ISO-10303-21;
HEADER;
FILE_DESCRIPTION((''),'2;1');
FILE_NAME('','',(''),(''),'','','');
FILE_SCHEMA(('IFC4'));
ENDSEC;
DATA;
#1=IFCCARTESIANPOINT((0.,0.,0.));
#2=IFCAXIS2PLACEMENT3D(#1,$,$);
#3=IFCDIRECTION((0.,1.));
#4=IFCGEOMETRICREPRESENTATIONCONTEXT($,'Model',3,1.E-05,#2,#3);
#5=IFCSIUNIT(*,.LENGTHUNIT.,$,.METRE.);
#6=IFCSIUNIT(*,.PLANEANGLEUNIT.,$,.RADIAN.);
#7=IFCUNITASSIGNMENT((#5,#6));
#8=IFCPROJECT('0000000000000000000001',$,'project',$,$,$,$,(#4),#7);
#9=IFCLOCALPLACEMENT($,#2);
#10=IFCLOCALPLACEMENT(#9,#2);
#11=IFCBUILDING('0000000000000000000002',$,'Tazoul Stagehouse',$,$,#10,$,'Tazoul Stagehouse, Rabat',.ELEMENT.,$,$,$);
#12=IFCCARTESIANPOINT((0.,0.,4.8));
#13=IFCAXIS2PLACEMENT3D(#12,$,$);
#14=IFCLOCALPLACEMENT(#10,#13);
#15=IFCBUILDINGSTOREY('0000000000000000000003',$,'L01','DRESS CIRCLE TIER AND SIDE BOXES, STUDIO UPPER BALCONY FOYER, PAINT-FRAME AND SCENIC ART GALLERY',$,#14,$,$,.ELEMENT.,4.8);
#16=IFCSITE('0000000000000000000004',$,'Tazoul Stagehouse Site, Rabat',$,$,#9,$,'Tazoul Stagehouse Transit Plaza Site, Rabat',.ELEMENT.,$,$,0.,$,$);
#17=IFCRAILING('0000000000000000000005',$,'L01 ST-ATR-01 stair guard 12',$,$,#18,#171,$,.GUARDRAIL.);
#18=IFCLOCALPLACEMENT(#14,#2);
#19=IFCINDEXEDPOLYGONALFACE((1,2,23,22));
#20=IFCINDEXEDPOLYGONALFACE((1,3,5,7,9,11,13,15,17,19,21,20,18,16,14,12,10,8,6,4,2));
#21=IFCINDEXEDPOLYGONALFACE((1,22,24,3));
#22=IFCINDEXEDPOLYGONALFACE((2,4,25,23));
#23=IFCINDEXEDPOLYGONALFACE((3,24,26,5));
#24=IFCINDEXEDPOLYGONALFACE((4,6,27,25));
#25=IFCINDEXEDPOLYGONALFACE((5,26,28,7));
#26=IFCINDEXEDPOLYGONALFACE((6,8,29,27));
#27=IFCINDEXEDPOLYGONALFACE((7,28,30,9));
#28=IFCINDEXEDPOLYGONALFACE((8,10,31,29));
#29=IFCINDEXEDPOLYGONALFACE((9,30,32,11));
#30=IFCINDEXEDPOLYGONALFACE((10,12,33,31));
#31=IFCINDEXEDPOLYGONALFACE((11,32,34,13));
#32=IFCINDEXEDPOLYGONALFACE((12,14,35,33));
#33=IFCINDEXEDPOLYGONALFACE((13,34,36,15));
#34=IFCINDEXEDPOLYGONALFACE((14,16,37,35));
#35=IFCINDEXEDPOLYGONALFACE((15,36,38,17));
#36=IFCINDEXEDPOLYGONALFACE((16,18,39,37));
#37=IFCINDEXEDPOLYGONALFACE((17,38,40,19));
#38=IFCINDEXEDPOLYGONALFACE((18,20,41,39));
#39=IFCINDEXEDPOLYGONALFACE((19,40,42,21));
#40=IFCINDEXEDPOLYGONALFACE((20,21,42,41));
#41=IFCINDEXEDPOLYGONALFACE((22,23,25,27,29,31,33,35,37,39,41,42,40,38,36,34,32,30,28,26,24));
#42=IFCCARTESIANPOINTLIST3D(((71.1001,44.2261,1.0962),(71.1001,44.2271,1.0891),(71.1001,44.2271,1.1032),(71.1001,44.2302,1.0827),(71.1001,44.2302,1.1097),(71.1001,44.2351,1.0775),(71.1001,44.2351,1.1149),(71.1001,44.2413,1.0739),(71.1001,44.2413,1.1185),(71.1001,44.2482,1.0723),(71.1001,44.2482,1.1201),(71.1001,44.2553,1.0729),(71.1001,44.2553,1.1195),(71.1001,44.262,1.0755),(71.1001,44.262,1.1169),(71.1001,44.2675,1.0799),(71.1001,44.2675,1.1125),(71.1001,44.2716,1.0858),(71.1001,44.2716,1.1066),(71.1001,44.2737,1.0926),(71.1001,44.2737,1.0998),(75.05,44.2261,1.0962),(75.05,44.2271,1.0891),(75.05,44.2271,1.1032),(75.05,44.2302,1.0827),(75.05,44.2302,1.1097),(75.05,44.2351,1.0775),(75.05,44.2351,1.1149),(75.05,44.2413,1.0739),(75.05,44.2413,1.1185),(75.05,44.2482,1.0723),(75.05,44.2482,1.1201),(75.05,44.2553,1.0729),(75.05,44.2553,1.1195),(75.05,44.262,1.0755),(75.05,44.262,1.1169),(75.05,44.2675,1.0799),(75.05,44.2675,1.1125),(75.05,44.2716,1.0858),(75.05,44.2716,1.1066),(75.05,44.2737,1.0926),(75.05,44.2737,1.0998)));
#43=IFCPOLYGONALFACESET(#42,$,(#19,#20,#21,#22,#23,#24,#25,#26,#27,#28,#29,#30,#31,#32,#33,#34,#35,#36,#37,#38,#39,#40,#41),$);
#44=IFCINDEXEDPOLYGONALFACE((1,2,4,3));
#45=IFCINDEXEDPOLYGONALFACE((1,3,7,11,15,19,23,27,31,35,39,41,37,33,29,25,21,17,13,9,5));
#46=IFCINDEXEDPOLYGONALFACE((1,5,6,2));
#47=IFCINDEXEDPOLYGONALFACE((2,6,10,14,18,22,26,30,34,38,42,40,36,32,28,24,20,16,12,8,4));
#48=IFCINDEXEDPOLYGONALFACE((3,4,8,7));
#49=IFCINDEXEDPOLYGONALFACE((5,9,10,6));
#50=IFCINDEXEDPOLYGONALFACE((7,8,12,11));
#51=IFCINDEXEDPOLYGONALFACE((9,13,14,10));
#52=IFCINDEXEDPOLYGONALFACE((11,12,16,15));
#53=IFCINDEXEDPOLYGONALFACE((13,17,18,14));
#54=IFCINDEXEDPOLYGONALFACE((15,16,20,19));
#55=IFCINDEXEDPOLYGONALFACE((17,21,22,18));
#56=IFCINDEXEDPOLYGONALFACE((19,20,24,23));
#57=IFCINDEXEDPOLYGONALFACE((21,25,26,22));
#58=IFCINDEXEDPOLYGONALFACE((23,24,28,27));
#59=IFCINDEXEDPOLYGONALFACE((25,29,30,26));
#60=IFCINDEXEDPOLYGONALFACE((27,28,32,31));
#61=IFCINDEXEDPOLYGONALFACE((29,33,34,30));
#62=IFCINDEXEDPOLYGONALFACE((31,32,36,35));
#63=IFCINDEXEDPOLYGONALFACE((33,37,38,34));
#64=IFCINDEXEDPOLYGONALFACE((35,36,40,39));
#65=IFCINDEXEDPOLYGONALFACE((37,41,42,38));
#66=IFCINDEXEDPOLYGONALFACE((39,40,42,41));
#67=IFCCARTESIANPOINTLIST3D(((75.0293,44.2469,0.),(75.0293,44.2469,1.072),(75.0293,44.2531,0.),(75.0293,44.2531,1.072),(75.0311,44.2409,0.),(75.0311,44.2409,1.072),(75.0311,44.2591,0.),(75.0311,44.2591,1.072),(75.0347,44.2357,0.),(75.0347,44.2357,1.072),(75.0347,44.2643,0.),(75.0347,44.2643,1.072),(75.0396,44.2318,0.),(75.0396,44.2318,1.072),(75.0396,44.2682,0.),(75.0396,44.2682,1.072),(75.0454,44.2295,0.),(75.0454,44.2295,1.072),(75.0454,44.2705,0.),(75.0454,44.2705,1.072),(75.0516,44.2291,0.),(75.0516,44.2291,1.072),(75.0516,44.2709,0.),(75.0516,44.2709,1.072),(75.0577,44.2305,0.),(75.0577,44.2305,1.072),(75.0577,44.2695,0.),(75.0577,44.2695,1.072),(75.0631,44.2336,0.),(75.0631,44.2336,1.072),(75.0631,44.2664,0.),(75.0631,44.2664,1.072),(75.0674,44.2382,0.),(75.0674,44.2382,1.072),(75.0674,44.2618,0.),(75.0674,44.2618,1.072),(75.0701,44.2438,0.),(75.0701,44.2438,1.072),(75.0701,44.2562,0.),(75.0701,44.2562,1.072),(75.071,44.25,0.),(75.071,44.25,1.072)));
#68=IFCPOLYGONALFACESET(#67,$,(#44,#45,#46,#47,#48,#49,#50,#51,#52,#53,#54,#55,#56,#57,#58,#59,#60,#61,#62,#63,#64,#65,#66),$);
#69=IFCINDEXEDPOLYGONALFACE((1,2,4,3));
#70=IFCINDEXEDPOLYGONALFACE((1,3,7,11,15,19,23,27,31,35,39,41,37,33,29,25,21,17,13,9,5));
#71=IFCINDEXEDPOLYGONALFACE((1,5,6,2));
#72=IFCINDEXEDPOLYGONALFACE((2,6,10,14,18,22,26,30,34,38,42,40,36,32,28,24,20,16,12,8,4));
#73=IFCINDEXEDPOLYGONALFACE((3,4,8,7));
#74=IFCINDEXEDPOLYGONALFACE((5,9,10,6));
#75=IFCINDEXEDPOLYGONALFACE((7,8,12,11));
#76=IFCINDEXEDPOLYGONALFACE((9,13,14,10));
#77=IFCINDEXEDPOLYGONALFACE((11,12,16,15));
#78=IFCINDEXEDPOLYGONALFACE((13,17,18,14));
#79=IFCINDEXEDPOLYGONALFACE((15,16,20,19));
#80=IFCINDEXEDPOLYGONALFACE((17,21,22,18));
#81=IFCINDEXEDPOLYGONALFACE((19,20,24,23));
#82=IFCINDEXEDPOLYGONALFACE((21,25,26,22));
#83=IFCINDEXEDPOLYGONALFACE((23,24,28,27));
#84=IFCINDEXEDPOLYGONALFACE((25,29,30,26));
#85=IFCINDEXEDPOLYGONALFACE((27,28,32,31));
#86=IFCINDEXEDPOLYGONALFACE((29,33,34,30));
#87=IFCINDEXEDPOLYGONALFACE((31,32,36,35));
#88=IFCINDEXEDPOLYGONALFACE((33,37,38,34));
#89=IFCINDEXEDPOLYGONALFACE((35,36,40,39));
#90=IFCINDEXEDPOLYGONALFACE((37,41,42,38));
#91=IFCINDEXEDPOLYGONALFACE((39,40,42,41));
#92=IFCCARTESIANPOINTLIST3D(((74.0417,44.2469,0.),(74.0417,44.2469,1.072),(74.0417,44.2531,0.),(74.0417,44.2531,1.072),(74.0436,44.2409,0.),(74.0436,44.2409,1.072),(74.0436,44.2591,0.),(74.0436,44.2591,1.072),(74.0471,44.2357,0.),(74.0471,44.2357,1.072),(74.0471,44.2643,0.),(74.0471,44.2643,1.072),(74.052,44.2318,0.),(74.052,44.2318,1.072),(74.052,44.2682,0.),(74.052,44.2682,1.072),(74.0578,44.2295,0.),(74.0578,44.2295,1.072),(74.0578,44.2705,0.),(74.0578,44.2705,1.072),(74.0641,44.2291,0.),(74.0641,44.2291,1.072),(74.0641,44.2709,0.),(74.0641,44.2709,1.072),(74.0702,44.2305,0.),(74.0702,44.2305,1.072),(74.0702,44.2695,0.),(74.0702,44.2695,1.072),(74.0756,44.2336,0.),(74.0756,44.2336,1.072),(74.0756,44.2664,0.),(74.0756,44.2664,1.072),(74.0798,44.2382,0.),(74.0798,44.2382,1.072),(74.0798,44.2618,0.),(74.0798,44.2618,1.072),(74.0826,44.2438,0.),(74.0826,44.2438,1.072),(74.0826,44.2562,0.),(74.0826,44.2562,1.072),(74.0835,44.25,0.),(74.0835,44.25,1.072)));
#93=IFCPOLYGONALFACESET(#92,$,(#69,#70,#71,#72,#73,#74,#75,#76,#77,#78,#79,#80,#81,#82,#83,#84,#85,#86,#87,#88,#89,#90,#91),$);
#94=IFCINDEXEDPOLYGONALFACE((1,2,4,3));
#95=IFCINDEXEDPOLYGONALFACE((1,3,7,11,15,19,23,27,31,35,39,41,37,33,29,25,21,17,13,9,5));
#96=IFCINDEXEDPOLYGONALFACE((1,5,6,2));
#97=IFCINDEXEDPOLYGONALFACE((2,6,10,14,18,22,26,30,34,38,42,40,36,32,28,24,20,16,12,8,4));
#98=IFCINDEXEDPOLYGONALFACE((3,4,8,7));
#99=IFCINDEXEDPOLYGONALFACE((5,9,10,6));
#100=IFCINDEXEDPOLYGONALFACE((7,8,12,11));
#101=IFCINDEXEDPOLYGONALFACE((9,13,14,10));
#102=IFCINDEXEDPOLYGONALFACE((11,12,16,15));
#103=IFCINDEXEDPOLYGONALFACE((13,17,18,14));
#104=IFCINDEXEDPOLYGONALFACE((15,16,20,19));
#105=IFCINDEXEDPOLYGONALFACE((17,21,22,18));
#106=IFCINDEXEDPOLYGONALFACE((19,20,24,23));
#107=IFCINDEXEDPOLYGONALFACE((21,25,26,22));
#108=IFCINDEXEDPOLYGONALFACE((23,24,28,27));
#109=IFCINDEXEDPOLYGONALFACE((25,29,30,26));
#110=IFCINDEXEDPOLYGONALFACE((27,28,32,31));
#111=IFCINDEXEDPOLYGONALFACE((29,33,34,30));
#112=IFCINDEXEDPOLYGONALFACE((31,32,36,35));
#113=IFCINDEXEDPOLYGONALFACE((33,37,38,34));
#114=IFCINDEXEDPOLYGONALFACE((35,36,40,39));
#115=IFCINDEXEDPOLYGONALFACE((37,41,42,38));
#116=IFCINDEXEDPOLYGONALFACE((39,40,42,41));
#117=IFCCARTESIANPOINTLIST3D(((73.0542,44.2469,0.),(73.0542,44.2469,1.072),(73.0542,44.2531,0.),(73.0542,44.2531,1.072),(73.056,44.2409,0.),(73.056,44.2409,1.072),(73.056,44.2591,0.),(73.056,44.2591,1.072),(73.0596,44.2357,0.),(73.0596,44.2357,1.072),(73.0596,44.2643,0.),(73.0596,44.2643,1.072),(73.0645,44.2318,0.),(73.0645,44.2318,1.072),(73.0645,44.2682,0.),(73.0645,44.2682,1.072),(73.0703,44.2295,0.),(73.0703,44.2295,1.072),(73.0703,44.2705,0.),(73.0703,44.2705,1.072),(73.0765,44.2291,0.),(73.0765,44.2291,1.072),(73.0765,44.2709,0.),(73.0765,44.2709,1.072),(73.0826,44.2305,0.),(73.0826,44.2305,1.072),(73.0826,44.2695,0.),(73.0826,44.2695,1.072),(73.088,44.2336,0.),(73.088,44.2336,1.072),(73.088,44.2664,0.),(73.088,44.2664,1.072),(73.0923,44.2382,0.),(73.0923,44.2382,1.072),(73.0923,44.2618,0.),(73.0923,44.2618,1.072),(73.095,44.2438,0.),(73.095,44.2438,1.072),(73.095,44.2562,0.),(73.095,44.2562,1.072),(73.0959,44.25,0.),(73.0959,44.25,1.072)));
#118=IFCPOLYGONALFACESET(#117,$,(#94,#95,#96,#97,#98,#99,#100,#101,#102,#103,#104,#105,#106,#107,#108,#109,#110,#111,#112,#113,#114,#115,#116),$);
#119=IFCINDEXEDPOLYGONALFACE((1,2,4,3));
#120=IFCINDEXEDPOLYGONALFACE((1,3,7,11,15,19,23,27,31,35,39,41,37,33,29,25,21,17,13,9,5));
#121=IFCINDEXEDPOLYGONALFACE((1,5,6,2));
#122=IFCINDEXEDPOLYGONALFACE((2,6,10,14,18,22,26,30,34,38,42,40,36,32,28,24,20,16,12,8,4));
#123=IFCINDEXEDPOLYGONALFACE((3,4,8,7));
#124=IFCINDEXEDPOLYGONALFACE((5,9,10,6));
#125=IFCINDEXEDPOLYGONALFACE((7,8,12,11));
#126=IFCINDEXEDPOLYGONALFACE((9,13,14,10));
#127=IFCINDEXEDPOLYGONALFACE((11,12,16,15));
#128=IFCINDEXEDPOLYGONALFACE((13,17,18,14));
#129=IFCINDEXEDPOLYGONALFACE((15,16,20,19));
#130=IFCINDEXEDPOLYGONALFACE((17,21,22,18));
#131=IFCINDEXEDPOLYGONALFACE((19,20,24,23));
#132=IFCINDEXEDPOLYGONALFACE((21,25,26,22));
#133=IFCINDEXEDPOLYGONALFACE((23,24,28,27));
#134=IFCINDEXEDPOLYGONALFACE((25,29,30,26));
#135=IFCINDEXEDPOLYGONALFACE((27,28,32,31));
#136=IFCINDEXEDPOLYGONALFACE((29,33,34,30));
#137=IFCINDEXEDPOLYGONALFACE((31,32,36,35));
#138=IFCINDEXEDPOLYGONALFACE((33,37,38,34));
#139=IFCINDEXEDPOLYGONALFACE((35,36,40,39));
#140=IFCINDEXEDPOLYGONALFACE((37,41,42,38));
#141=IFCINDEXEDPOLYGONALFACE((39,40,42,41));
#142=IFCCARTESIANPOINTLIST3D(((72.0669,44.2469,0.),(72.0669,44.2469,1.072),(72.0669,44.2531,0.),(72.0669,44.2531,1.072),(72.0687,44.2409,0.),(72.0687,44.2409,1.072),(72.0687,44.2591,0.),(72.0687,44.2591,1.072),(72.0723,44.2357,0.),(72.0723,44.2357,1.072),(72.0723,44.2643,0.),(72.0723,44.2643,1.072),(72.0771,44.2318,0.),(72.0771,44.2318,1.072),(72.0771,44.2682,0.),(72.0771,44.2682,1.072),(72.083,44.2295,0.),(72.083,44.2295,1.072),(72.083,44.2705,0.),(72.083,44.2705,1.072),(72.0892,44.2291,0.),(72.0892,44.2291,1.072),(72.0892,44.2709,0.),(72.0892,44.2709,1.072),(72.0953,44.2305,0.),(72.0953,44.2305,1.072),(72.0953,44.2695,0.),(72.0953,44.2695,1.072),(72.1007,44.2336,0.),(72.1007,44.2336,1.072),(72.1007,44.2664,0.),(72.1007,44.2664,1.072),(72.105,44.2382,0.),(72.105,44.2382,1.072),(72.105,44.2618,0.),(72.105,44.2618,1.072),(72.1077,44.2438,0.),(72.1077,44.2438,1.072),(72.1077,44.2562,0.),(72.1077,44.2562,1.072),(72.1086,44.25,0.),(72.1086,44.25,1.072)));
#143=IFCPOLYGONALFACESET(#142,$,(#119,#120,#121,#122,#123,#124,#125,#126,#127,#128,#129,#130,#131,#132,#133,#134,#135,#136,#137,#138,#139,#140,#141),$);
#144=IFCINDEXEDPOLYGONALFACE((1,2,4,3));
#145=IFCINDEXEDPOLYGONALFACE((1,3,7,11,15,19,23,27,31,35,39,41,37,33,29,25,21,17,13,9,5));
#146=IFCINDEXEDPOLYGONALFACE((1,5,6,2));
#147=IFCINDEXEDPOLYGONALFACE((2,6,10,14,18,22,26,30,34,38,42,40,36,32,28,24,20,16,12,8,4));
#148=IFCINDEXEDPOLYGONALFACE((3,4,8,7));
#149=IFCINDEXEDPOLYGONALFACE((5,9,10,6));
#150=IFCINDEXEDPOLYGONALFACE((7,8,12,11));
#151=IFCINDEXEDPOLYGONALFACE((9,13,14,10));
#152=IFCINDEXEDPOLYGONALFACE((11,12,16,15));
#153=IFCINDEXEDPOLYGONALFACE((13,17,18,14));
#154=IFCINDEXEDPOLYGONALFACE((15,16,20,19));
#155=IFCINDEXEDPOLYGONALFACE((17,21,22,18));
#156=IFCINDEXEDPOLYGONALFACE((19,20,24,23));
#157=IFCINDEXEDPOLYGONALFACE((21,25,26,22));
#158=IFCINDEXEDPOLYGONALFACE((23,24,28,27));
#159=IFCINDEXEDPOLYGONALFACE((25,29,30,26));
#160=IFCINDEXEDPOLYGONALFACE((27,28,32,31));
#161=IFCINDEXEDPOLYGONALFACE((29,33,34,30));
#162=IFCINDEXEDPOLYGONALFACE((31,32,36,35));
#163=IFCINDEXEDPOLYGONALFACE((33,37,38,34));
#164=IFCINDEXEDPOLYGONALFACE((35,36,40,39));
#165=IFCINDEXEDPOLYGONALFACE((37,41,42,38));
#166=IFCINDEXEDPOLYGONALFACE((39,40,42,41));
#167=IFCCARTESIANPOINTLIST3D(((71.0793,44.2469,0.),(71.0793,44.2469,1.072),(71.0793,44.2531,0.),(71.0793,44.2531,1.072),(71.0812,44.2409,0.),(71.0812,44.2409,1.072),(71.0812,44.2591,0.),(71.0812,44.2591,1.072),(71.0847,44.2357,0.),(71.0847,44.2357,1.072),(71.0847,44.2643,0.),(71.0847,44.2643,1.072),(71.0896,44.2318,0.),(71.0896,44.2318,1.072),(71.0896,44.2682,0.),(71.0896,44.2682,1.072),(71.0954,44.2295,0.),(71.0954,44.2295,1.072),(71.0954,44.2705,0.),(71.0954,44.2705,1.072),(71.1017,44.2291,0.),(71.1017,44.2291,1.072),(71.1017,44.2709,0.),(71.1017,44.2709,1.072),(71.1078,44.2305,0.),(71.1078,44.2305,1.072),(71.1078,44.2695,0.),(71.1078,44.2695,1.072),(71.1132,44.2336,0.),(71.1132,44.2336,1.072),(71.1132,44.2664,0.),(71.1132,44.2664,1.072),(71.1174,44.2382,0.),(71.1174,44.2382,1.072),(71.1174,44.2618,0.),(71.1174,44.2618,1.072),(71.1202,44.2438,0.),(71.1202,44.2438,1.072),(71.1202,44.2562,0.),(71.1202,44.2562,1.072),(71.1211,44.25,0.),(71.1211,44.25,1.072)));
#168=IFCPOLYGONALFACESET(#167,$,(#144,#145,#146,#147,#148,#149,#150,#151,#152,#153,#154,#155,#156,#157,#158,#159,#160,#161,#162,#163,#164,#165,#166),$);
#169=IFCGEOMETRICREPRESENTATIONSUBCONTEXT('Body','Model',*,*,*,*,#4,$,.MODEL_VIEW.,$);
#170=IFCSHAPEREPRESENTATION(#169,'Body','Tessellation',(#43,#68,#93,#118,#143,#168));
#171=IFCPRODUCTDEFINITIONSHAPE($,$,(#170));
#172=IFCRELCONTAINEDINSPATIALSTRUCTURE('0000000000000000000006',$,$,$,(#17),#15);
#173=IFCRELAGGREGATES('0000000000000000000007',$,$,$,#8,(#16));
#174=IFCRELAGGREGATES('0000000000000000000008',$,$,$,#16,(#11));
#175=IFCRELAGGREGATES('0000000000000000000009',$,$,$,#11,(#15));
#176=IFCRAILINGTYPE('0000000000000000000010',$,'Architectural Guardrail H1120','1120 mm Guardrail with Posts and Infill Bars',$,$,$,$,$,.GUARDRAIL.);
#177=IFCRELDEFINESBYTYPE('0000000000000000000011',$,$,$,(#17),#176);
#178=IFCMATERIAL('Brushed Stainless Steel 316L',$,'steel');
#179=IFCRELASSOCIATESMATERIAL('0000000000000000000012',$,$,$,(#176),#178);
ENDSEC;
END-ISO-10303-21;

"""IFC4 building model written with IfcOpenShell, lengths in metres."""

from ifc_helpers import new_model, si_unit, direction, frame, origin, origin_2d, place, context, subcontext, project, spatial, circle, extrude, material, material_profile, profile_set, type_object, element, save


model = new_model("IFC4")

# Units and contexts
model_context = context("Model", 3, precision=1e-05, world=origin(), true_north=direction((0.0, 1.0)))
body_context = subcontext(model_context, "Body", "Model", "MODEL_VIEW")
ifc_project = project(units=[si_unit("LENGTHUNIT", "METRE"), si_unit("PLANEANGLEUNIT", "RADIAN")], contexts=[model_context])

# Site, building, storey
site_placement = place(None, origin())
site = spatial("IfcSite", under=ifc_project, at=site_placement, Name="Tazoul Stagehouse Site, Rabat", LongName="Tazoul Stagehouse Transit Plaza Site, Rabat", CompositionType="ELEMENT", RefElevation=0.0)
building_placement = place(site_placement, origin())
building = spatial("IfcBuilding", under=site, at=building_placement, Name="Tazoul Stagehouse", LongName="Tazoul Stagehouse, Rabat", CompositionType="ELEMENT")
storey_placement = place(building_placement, frame((0.0, 0.0, 4.8)))
storey = spatial("IfcBuildingStorey", under=building, at=storey_placement, Name="L01", Description="DRESS CIRCLE TIER AND SIDE BOXES, STUDIO UPPER BALCONY FOYER, PAINT-FRAME AND SCENIC ART GALLERY", CompositionType="ELEMENT", Elevation=4.8)

# Railing
ifc_material_1 = material(Name="Brushed Stainless Steel 316L", Category="steel")
ifc_material_profile_1 = material_profile(ifc_material_1, circle(Radius=0.0239, at=origin_2d()), Name="SS RAIL D48")
ifc_profile_set_1 = profile_set([ifc_material_profile_1], Name="Brushed Stainless Steel 316L")
railing_type_1 = type_object("IfcRailingType", Name="Architectural Guardrail H1120", Description="1120 mm Guardrail with Posts and Infill Bars", PredefinedType="GUARDRAIL", material=ifc_profile_set_1)
railing_1_placement = place(storey_placement, frame((75.05, 44.25, 0.0)))
element("IfcRailing", 1, at=railing_1_placement, inside=storey, type_object=railing_type_1, Name="L01 ST-ATR-01 stair guard 12", PredefinedType="GUARDRAIL", context=body_context, shape_type="SweptSolid", body=[
    extrude(circle(Radius=0.0239, at=origin_2d()), frame((0.0, 0.0, 1.0962), z_axis=(-1.0, 0.0, 0.0), x_axis=(0.0, -1.0, 0.0)), (0.0, 0.0, 1.0), 3.95),
    extrude(circle(Radius=0.021, at=origin_2d()), origin(), (0.0, 0.0, 1.0), 1.072),
    extrude(circle(Radius=0.021, at=origin_2d()), frame((-0.9875, 0.0, 0.0)), (0.0, 0.0, 1.0), 1.072),
    extrude(circle(Radius=0.021, at=origin_2d()), frame((-1.9751, 0.0, 0.0)), (0.0, 0.0, 1.0), 1.072),
    extrude(circle(Radius=0.021, at=origin_2d()), frame((-2.9624, 0.0, 0.0)), (0.0, 0.0, 1.0), 1.072),
    extrude(circle(Radius=0.021, at=origin_2d()), frame((-3.95, 0.0, 0.0)), (0.0, 0.0, 1.0), 1.072),
])

save(model, "model.ifc")
